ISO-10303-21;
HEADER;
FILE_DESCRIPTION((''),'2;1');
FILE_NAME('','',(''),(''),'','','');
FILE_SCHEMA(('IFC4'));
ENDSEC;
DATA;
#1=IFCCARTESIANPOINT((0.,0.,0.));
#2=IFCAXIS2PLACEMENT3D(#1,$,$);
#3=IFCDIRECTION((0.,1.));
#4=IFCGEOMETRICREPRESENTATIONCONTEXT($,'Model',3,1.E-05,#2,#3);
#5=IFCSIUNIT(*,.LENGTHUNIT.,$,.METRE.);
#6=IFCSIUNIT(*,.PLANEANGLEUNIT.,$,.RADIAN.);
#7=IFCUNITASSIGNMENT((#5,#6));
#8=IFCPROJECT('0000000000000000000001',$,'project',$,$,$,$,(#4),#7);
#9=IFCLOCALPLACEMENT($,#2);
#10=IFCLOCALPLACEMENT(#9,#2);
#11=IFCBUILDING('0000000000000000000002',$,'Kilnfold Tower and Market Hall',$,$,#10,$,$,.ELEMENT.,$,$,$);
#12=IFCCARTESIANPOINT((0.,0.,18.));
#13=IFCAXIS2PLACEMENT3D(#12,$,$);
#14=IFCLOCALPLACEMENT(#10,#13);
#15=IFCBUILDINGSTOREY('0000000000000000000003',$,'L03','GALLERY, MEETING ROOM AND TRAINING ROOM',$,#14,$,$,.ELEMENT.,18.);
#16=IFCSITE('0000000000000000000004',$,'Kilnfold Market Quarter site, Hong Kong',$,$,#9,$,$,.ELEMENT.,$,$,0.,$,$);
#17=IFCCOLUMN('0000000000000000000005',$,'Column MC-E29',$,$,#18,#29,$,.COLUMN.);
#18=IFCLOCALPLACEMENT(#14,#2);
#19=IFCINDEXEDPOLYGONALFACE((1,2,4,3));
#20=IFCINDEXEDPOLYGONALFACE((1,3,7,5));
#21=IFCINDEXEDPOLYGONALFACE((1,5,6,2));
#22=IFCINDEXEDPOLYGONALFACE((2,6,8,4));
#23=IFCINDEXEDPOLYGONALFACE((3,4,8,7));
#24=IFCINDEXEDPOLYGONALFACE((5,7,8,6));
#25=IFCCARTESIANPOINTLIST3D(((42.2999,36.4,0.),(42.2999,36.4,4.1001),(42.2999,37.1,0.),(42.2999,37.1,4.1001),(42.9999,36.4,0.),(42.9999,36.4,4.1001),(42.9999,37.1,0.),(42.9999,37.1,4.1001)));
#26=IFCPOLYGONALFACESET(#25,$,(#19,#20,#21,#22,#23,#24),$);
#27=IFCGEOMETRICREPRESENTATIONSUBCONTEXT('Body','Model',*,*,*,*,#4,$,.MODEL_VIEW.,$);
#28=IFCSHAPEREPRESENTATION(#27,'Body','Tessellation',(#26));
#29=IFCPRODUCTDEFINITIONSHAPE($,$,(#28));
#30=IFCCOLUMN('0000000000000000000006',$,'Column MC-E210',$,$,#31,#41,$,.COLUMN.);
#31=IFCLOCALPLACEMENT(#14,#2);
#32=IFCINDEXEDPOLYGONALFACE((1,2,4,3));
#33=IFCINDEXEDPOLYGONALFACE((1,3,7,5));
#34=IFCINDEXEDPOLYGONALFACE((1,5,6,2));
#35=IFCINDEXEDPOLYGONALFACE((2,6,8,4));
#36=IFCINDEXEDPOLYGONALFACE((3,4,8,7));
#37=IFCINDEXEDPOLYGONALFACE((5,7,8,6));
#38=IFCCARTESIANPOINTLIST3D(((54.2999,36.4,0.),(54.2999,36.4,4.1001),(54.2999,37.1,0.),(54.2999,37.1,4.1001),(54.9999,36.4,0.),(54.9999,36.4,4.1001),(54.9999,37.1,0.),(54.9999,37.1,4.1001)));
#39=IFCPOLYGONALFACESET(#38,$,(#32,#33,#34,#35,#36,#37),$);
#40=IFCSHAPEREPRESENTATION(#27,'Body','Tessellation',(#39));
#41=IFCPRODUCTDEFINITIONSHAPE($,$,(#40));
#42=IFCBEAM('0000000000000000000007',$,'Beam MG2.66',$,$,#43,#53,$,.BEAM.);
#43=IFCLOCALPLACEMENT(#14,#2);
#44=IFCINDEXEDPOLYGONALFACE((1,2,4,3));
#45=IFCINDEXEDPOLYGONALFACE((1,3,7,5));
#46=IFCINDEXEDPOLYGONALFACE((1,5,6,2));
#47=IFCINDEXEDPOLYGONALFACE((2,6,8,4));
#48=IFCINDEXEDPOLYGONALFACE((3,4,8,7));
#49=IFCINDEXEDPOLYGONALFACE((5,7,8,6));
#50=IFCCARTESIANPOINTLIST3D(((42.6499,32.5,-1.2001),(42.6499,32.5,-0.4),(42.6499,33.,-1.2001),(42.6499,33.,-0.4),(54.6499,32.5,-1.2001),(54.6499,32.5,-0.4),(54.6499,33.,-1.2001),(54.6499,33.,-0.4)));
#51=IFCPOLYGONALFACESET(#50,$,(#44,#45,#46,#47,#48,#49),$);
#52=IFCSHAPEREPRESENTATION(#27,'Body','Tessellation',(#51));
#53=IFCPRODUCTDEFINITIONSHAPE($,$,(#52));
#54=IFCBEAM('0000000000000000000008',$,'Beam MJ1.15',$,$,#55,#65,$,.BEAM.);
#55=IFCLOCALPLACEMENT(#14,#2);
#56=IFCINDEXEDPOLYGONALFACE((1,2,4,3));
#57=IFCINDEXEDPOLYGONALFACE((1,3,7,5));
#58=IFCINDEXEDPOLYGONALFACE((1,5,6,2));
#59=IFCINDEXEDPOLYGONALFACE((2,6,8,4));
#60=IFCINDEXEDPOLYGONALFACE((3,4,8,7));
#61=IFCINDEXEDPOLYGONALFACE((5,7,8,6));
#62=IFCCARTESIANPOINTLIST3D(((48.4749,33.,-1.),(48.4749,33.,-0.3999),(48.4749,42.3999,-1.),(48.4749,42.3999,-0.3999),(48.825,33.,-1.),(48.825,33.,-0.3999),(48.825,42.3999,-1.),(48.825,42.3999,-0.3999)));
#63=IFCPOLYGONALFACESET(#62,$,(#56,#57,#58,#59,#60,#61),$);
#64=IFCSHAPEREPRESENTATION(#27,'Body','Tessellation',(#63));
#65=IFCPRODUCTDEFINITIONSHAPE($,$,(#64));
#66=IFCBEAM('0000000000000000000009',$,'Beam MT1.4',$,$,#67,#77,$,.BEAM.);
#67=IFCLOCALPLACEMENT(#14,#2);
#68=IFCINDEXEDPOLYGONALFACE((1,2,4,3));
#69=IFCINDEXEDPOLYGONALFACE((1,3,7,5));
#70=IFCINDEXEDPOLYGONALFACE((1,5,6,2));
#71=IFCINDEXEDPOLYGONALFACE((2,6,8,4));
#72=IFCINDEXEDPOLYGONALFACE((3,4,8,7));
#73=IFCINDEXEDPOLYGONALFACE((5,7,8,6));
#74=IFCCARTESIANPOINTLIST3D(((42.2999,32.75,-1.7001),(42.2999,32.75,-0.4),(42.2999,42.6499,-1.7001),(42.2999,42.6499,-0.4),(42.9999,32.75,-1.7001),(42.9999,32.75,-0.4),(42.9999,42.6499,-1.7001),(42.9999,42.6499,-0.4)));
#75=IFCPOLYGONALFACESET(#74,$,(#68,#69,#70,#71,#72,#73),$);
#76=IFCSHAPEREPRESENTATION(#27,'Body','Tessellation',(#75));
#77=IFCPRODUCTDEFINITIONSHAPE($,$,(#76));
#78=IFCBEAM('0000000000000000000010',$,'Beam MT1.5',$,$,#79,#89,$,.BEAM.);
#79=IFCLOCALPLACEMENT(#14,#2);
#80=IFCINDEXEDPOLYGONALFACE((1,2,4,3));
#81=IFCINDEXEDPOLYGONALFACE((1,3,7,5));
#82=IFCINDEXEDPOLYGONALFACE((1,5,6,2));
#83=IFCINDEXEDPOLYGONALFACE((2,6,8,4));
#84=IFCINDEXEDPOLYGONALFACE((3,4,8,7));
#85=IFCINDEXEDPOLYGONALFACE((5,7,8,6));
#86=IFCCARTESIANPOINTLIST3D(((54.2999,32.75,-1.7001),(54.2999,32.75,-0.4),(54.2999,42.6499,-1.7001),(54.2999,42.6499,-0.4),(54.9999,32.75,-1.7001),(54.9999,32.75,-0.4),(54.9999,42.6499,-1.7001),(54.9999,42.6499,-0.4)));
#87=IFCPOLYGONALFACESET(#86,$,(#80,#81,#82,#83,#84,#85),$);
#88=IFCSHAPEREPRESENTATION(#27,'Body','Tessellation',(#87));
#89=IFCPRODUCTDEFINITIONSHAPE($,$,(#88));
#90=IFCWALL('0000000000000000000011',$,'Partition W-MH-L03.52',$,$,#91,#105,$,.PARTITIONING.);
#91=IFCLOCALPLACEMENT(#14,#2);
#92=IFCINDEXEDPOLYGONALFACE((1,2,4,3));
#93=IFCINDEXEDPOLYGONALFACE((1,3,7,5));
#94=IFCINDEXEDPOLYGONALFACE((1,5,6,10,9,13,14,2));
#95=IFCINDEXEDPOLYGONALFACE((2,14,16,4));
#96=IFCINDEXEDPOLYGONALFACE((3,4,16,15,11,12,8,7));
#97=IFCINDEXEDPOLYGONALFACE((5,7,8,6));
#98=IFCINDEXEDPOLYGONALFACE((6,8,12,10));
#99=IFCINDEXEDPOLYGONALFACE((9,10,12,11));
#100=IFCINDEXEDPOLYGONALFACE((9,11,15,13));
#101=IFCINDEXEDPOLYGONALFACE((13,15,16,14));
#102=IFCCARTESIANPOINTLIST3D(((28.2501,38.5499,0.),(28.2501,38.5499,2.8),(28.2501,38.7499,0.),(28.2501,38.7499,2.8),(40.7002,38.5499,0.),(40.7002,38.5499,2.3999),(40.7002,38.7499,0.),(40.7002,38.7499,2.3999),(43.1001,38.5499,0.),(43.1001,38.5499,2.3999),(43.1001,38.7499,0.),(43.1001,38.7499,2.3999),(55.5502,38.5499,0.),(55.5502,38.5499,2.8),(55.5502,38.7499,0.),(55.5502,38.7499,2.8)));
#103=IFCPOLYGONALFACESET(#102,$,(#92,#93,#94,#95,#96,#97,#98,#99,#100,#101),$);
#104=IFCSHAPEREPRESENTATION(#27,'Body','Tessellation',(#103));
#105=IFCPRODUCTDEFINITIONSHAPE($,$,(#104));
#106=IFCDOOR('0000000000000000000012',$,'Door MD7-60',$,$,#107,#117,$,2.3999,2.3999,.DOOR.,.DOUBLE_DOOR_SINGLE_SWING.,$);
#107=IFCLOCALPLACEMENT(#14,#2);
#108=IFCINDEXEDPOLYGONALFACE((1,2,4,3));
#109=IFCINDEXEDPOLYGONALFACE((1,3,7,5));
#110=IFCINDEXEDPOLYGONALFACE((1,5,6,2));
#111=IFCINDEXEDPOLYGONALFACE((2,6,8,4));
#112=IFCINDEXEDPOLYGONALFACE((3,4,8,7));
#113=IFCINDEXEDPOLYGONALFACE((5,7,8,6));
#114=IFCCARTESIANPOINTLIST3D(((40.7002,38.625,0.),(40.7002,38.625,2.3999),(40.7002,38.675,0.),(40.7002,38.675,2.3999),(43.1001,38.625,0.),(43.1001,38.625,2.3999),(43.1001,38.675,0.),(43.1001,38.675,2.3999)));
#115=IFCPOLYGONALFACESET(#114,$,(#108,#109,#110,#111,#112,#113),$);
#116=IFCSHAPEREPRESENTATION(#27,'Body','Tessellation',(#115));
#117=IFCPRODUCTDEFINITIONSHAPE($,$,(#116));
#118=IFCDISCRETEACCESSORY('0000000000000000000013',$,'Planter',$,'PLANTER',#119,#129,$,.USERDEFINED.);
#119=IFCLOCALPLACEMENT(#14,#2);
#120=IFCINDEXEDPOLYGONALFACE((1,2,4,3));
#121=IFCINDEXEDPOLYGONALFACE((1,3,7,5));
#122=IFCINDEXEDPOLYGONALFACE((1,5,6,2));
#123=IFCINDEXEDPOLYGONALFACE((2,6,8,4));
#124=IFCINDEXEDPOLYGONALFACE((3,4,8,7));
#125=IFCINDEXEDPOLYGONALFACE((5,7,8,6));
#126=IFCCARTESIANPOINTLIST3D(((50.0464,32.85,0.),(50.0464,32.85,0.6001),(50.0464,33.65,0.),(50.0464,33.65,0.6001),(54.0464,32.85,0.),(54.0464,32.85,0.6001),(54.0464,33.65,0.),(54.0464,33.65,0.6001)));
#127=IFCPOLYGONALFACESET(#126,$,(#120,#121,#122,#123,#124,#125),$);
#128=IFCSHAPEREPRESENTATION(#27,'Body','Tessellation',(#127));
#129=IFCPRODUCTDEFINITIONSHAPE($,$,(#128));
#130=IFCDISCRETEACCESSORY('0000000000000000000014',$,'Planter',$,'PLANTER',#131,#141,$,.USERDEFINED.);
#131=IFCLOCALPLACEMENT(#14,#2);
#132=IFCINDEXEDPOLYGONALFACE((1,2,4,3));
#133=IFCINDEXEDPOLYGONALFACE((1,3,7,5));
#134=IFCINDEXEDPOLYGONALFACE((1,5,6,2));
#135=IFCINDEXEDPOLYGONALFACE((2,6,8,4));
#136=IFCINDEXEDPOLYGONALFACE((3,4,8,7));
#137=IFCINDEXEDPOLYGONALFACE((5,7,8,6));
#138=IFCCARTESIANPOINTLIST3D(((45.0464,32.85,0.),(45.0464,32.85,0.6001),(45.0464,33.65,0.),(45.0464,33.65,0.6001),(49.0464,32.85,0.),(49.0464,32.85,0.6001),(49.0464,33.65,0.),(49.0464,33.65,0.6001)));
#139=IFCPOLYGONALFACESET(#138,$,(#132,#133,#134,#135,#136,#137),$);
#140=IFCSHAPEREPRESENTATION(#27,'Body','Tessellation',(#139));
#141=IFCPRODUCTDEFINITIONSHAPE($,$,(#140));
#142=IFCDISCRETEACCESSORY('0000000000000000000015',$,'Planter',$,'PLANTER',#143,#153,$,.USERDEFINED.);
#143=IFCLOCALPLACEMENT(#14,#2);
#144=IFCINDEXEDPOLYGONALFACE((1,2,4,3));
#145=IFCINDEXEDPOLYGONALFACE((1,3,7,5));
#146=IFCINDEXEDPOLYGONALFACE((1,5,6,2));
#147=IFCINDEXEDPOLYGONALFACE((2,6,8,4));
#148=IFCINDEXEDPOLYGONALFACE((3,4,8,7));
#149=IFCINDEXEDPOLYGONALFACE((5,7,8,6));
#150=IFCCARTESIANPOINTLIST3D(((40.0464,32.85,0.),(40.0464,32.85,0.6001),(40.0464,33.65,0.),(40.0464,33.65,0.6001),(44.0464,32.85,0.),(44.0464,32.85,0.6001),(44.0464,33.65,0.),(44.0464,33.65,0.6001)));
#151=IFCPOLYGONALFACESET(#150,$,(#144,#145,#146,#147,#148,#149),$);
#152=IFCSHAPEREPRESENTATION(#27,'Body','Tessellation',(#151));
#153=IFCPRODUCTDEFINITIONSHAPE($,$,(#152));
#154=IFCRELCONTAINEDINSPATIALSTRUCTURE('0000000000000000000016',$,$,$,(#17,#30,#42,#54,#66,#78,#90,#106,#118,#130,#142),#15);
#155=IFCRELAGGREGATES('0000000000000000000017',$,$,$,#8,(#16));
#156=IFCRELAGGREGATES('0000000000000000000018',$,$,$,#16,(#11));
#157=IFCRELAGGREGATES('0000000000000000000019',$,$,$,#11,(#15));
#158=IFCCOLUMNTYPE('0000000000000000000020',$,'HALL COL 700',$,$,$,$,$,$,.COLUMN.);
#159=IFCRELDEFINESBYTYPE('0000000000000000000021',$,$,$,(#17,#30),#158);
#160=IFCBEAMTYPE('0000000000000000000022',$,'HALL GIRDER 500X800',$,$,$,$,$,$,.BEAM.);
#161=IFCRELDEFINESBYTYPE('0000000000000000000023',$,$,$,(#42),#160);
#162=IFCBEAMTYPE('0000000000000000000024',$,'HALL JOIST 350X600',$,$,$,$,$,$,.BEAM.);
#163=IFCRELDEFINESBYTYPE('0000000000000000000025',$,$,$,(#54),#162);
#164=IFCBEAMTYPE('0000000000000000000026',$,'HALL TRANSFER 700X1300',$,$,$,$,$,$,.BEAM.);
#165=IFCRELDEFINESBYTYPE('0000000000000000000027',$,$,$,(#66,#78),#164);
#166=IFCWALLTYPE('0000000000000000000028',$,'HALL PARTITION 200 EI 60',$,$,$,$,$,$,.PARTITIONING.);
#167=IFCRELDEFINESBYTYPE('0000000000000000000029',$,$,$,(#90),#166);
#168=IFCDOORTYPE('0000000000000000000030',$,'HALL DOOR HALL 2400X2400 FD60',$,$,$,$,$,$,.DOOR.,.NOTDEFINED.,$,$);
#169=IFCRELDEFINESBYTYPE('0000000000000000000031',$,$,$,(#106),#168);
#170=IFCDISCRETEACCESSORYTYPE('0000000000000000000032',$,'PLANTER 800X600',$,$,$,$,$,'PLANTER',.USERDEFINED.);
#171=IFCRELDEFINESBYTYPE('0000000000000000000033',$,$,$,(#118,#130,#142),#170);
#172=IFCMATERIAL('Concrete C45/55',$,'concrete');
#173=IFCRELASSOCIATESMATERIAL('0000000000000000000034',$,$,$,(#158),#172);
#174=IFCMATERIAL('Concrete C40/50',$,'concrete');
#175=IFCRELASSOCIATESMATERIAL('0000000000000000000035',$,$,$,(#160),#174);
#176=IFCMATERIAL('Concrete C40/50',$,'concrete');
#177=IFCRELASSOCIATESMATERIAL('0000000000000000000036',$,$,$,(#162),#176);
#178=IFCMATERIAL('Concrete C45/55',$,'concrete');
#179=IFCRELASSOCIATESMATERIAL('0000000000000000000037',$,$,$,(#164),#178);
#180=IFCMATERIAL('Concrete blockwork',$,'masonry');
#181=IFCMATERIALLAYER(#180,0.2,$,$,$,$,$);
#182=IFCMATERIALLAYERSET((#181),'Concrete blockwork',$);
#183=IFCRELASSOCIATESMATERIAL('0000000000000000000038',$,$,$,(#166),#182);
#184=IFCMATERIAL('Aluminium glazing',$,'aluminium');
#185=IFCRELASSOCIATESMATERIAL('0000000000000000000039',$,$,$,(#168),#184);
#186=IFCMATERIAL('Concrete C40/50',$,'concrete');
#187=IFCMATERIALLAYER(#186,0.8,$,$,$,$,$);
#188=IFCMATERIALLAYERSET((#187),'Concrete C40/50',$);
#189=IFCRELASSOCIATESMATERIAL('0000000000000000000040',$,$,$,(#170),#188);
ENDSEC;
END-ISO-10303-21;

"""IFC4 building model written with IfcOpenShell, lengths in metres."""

from ifc_helpers import new_model, si_unit, direction, frame, frame_2d, origin, origin_2d, place, context, subcontext, project, spatial, rectangle, extrude, source, transform, mapped, material, layer, layer_set, material_profile, profile_set, type_object, element, fill, save


model = new_model("IFC4")

# Units and contexts
model_context = context("Model", 3, precision=1e-05, world=origin(), true_north=direction((0.0, 1.0)))
body_context = subcontext(model_context, "Body", "Model", "MODEL_VIEW")
ifc_project = project(units=[si_unit("LENGTHUNIT", "METRE"), si_unit("PLANEANGLEUNIT", "RADIAN")], contexts=[model_context])

# Site, building, storey
site_placement = place(None, origin())
site = spatial("IfcSite", under=ifc_project, at=site_placement, Name="Kilnfold Market Quarter site, Hong Kong", CompositionType="ELEMENT", RefElevation=0.0)
building_placement = place(site_placement, origin())
building = spatial("IfcBuilding", under=site, at=building_placement, Name="Kilnfold Tower and Market Hall", CompositionType="ELEMENT")
storey_placement = place(building_placement, frame((0.0, 0.0, 18.0)))
storey = spatial("IfcBuildingStorey", under=building, at=storey_placement, Name="L03", Description="GALLERY, MEETING ROOM AND TRAINING ROOM", CompositionType="ELEMENT", Elevation=18.0)

# Columns
ifc_material_1 = material(Name="Concrete C45/55", Category="concrete")
ifc_material_profile_1 = material_profile(ifc_material_1, rectangle(XDim=0.7, YDim=0.7, at=origin_2d()), Name="RC 700x700")
ifc_profile_set_1 = profile_set([ifc_material_profile_1], Name="Concrete C45/55")
column_type = type_object("IfcColumnType", Name="HALL COL 700", PredefinedType="COLUMN", material=ifc_profile_set_1)
shared_shape_1 = source(origin(), body_context, "Body", "SweptSolid", [
    extrude(rectangle(XDim=0.7, YDim=0.7, at=origin_2d()), origin(), (0.0, 0.0, 1.0), 4.1001),
])
for number, where, z_axis, x_axis, name in (
    (1, (42.6499, 36.75, 0.0), (0.0, 0.0, 1.0), (1.0, 0.0, 0.0), "Column MC-E29"),
    (2, (54.6499, 36.75, 0.0), (0.0, 0.0, 1.0), (1.0, 0.0, 0.0), "Column MC-E210"),
):
    element("IfcColumn", number, at=place(storey_placement, frame(where, z_axis=z_axis, x_axis=x_axis)), inside=storey, type_object=column_type, Name=name, PredefinedType="COLUMN", context=body_context, shape_type="MappedRepresentation", body=[
        mapped(shared_shape_1, transform((0.0, 0.0, 0.0))),
    ])

# Beams
ifc_material_2 = material(Name="Concrete C40/50", Category="concrete")
ifc_material_profile_2 = material_profile(ifc_material_2, rectangle(XDim=0.5, YDim=0.8, at=origin_2d()), Name="RC 500x800")
ifc_profile_set_2 = profile_set([ifc_material_profile_2], Name="Concrete C40/50")
beam_type_1 = type_object("IfcBeamType", Name="HALL GIRDER 500X800", PredefinedType="BEAM", material=ifc_profile_set_2)
beam_1_placement = place(storey_placement, frame((42.6499, 32.75, -0.8), z_axis=(1.0, 0.0, 0.0), x_axis=(0.0, 1.0, 0.0)))
element("IfcBeam", 3, at=beam_1_placement, inside=storey, type_object=beam_type_1, Name="Beam MG2.66", PredefinedType="BEAM", context=body_context, shape_type="SweptSolid", body=[
    extrude(rectangle(XDim=0.5, YDim=0.8, at=origin_2d()), origin(), (0.0, 0.0, 1.0), 12.0),
])
ifc_material_3 = material(Name="Concrete C40/50", Category="concrete")
ifc_material_profile_3 = material_profile(ifc_material_3, rectangle(XDim=0.3501, YDim=0.6001, at=origin_2d()), Name="RC 350x600")
ifc_profile_set_3 = profile_set([ifc_material_profile_3], Name="Concrete C40/50")
beam_type_2 = type_object("IfcBeamType", Name="HALL JOIST 350X600", PredefinedType="BEAM", material=ifc_profile_set_3)
beam_2_placement = place(storey_placement, frame((48.6499, 33.0, -0.7), z_axis=(0.0, 1.0, 0.0), x_axis=(-1.0, 0.0, 0.0)))
element("IfcBeam", 4, at=beam_2_placement, inside=storey, type_object=beam_type_2, Name="Beam MJ1.15", PredefinedType="BEAM", context=body_context, shape_type="SweptSolid", body=[
    extrude(rectangle(XDim=0.3501, YDim=0.6001, at=origin_2d()), origin(), (0.0, 0.0, 1.0), 9.3999),
])
ifc_material_4 = material(Name="Concrete C45/55", Category="concrete")
ifc_material_profile_4 = material_profile(ifc_material_4, rectangle(XDim=0.7, YDim=1.3, at=origin_2d()), Name="RC 700x1300")
ifc_profile_set_4 = profile_set([ifc_material_profile_4], Name="Concrete C45/55")
beam_type_3 = type_object("IfcBeamType", Name="HALL TRANSFER 700X1300", PredefinedType="BEAM", material=ifc_profile_set_4)
for number, where, z_axis, x_axis, name in (
    (5, (42.6499, 32.75, -1.05), (0.0, 1.0, 0.0), (-1.0, 0.0, 0.0), "Beam MT1.4"),
    (6, (54.6499, 32.75, -1.05), (0.0, 1.0, 0.0), (-1.0, 0.0, 0.0), "Beam MT1.5"),
):
    element("IfcBeam", number, at=place(storey_placement, frame(where, z_axis=z_axis, x_axis=x_axis)), inside=storey, type_object=beam_type_3, Name=name, PredefinedType="BEAM", context=body_context, shape_type="SweptSolid", body=[
        extrude(rectangle(XDim=0.7, YDim=1.3, at=origin_2d()), origin(), (0.0, 0.0, 1.0), 9.8999),
    ])

# Wall, opening, door
ifc_material_5 = material(Name="Concrete blockwork", Category="masonry")
ifc_layer_1 = layer(ifc_material_5, 0.2)
ifc_layer_set_1 = layer_set([ifc_layer_1], Name="Concrete blockwork")
wall_type_1 = type_object("IfcWallType", Name="HALL PARTITION 200 EI 60", PredefinedType="PARTITIONING", material=ifc_layer_set_1)
shared_shape_2 = source(origin(), body_context, "Body", "SweptSolid", [
    extrude(rectangle(XDim=27.3, YDim=0.2, at=frame_2d((13.6499, 0.0))), origin(), (0.0, 0.0, 1.0), 2.8),
])
wall_1_placement = place(storey_placement, frame((55.55, 38.6499, 0.0), z_axis=(0.0, 0.0, 1.0), x_axis=(-1.0, 0.0, 0.0)))
wall_1 = element("IfcWall", 7, at=wall_1_placement, inside=storey, type_object=wall_type_1, Name="Partition W-MH-L03.52", PredefinedType="PARTITIONING", context=body_context, shape_type="MappedRepresentation", body=[
    mapped(shared_shape_2, transform((0.0, 0.0, 0.0))),
])
opening_1_placement = place(wall_1_placement, frame((12.45, 0.0, 0.0)))
opening_1 = element("IfcOpeningElement", 8, at=opening_1_placement, cuts=wall_1, PredefinedType="OPENING", context=body_context, shape_type="SweptSolid", body=[
    extrude(rectangle(XDim=2.3999, YDim=2.3999, at=frame_2d((1.2, 1.2))), frame((0.0, 0.1099, 0.0), z_axis=(0.0, -1.0, 0.0), x_axis=(1.0, 0.0, 0.0)), (0.0, 0.0, 1.0), 0.22),
])
ifc_material_6 = material(Name="Aluminium glazing", Category="aluminium")
door_type_1 = type_object("IfcDoorType", Name="HALL DOOR HALL 2400X2400 FD60", OperationType="NOTDEFINED", PredefinedType="DOOR", material=ifc_material_6)
door_1_placement = place(opening_1_placement, origin())
door_1 = element("IfcDoor", 9, at=door_1_placement, inside=storey, type_object=door_type_1, Name="Door MD7-60", OperationType="DOUBLE_DOOR_SINGLE_SWING", OverallHeight=2.3999, OverallWidth=2.3999, PredefinedType="DOOR", context=body_context, shape_type="SweptSolid", body=[
    extrude(rectangle(XDim=2.3999, YDim=2.3999, at=frame_2d((1.2, 1.2))), frame((0.0, 0.0249, 0.0), z_axis=(0.0, -1.0, 0.0), x_axis=(1.0, 0.0, 0.0)), (0.0, 0.0, 1.0), 0.05),
])
fill(opening_1, door_1)

# Discrete accessories
ifc_material_7 = material(Name="Concrete C40/50", Category="concrete")
ifc_layer_2 = layer(ifc_material_7, 0.8)
ifc_layer_set_2 = layer_set([ifc_layer_2], Name="Concrete C40/50")
discrete_accessory_type = type_object("IfcDiscreteAccessoryType", Name="PLANTER 800X600", ElementType="PLANTER", PredefinedType="USERDEFINED", material=ifc_layer_set_2)
shared_shape_3 = source(origin(), body_context, "Body", "SweptSolid", [
    extrude(rectangle(XDim=4.0, YDim=0.8, at=origin_2d()), origin(), (0.0, 0.0, 1.0), 0.6001),
])
for number, where, z_axis, x_axis, name in (
    (10, (52.0464, 33.25, 0.0), (0.0, 0.0, 1.0), (-1.0, 0.0, 0.0), "Planter"),
    (11, (47.0464, 33.25, 0.0), (0.0, 0.0, 1.0), (-1.0, 0.0, 0.0), "Planter"),
    (12, (42.0464, 33.25, 0.0), (0.0, 0.0, 1.0), (-1.0, 0.0, 0.0), "Planter"),
):
    element("IfcDiscreteAccessory", number, at=place(storey_placement, frame(where, z_axis=z_axis, x_axis=x_axis)), inside=storey, type_object=discrete_accessory_type, Name=name, ObjectType="PLANTER", PredefinedType="USERDEFINED", context=body_context, shape_type="MappedRepresentation", body=[
        mapped(shared_shape_3, transform((0.0, 0.0, 0.0))),
    ])

save(model, "model.ifc")
